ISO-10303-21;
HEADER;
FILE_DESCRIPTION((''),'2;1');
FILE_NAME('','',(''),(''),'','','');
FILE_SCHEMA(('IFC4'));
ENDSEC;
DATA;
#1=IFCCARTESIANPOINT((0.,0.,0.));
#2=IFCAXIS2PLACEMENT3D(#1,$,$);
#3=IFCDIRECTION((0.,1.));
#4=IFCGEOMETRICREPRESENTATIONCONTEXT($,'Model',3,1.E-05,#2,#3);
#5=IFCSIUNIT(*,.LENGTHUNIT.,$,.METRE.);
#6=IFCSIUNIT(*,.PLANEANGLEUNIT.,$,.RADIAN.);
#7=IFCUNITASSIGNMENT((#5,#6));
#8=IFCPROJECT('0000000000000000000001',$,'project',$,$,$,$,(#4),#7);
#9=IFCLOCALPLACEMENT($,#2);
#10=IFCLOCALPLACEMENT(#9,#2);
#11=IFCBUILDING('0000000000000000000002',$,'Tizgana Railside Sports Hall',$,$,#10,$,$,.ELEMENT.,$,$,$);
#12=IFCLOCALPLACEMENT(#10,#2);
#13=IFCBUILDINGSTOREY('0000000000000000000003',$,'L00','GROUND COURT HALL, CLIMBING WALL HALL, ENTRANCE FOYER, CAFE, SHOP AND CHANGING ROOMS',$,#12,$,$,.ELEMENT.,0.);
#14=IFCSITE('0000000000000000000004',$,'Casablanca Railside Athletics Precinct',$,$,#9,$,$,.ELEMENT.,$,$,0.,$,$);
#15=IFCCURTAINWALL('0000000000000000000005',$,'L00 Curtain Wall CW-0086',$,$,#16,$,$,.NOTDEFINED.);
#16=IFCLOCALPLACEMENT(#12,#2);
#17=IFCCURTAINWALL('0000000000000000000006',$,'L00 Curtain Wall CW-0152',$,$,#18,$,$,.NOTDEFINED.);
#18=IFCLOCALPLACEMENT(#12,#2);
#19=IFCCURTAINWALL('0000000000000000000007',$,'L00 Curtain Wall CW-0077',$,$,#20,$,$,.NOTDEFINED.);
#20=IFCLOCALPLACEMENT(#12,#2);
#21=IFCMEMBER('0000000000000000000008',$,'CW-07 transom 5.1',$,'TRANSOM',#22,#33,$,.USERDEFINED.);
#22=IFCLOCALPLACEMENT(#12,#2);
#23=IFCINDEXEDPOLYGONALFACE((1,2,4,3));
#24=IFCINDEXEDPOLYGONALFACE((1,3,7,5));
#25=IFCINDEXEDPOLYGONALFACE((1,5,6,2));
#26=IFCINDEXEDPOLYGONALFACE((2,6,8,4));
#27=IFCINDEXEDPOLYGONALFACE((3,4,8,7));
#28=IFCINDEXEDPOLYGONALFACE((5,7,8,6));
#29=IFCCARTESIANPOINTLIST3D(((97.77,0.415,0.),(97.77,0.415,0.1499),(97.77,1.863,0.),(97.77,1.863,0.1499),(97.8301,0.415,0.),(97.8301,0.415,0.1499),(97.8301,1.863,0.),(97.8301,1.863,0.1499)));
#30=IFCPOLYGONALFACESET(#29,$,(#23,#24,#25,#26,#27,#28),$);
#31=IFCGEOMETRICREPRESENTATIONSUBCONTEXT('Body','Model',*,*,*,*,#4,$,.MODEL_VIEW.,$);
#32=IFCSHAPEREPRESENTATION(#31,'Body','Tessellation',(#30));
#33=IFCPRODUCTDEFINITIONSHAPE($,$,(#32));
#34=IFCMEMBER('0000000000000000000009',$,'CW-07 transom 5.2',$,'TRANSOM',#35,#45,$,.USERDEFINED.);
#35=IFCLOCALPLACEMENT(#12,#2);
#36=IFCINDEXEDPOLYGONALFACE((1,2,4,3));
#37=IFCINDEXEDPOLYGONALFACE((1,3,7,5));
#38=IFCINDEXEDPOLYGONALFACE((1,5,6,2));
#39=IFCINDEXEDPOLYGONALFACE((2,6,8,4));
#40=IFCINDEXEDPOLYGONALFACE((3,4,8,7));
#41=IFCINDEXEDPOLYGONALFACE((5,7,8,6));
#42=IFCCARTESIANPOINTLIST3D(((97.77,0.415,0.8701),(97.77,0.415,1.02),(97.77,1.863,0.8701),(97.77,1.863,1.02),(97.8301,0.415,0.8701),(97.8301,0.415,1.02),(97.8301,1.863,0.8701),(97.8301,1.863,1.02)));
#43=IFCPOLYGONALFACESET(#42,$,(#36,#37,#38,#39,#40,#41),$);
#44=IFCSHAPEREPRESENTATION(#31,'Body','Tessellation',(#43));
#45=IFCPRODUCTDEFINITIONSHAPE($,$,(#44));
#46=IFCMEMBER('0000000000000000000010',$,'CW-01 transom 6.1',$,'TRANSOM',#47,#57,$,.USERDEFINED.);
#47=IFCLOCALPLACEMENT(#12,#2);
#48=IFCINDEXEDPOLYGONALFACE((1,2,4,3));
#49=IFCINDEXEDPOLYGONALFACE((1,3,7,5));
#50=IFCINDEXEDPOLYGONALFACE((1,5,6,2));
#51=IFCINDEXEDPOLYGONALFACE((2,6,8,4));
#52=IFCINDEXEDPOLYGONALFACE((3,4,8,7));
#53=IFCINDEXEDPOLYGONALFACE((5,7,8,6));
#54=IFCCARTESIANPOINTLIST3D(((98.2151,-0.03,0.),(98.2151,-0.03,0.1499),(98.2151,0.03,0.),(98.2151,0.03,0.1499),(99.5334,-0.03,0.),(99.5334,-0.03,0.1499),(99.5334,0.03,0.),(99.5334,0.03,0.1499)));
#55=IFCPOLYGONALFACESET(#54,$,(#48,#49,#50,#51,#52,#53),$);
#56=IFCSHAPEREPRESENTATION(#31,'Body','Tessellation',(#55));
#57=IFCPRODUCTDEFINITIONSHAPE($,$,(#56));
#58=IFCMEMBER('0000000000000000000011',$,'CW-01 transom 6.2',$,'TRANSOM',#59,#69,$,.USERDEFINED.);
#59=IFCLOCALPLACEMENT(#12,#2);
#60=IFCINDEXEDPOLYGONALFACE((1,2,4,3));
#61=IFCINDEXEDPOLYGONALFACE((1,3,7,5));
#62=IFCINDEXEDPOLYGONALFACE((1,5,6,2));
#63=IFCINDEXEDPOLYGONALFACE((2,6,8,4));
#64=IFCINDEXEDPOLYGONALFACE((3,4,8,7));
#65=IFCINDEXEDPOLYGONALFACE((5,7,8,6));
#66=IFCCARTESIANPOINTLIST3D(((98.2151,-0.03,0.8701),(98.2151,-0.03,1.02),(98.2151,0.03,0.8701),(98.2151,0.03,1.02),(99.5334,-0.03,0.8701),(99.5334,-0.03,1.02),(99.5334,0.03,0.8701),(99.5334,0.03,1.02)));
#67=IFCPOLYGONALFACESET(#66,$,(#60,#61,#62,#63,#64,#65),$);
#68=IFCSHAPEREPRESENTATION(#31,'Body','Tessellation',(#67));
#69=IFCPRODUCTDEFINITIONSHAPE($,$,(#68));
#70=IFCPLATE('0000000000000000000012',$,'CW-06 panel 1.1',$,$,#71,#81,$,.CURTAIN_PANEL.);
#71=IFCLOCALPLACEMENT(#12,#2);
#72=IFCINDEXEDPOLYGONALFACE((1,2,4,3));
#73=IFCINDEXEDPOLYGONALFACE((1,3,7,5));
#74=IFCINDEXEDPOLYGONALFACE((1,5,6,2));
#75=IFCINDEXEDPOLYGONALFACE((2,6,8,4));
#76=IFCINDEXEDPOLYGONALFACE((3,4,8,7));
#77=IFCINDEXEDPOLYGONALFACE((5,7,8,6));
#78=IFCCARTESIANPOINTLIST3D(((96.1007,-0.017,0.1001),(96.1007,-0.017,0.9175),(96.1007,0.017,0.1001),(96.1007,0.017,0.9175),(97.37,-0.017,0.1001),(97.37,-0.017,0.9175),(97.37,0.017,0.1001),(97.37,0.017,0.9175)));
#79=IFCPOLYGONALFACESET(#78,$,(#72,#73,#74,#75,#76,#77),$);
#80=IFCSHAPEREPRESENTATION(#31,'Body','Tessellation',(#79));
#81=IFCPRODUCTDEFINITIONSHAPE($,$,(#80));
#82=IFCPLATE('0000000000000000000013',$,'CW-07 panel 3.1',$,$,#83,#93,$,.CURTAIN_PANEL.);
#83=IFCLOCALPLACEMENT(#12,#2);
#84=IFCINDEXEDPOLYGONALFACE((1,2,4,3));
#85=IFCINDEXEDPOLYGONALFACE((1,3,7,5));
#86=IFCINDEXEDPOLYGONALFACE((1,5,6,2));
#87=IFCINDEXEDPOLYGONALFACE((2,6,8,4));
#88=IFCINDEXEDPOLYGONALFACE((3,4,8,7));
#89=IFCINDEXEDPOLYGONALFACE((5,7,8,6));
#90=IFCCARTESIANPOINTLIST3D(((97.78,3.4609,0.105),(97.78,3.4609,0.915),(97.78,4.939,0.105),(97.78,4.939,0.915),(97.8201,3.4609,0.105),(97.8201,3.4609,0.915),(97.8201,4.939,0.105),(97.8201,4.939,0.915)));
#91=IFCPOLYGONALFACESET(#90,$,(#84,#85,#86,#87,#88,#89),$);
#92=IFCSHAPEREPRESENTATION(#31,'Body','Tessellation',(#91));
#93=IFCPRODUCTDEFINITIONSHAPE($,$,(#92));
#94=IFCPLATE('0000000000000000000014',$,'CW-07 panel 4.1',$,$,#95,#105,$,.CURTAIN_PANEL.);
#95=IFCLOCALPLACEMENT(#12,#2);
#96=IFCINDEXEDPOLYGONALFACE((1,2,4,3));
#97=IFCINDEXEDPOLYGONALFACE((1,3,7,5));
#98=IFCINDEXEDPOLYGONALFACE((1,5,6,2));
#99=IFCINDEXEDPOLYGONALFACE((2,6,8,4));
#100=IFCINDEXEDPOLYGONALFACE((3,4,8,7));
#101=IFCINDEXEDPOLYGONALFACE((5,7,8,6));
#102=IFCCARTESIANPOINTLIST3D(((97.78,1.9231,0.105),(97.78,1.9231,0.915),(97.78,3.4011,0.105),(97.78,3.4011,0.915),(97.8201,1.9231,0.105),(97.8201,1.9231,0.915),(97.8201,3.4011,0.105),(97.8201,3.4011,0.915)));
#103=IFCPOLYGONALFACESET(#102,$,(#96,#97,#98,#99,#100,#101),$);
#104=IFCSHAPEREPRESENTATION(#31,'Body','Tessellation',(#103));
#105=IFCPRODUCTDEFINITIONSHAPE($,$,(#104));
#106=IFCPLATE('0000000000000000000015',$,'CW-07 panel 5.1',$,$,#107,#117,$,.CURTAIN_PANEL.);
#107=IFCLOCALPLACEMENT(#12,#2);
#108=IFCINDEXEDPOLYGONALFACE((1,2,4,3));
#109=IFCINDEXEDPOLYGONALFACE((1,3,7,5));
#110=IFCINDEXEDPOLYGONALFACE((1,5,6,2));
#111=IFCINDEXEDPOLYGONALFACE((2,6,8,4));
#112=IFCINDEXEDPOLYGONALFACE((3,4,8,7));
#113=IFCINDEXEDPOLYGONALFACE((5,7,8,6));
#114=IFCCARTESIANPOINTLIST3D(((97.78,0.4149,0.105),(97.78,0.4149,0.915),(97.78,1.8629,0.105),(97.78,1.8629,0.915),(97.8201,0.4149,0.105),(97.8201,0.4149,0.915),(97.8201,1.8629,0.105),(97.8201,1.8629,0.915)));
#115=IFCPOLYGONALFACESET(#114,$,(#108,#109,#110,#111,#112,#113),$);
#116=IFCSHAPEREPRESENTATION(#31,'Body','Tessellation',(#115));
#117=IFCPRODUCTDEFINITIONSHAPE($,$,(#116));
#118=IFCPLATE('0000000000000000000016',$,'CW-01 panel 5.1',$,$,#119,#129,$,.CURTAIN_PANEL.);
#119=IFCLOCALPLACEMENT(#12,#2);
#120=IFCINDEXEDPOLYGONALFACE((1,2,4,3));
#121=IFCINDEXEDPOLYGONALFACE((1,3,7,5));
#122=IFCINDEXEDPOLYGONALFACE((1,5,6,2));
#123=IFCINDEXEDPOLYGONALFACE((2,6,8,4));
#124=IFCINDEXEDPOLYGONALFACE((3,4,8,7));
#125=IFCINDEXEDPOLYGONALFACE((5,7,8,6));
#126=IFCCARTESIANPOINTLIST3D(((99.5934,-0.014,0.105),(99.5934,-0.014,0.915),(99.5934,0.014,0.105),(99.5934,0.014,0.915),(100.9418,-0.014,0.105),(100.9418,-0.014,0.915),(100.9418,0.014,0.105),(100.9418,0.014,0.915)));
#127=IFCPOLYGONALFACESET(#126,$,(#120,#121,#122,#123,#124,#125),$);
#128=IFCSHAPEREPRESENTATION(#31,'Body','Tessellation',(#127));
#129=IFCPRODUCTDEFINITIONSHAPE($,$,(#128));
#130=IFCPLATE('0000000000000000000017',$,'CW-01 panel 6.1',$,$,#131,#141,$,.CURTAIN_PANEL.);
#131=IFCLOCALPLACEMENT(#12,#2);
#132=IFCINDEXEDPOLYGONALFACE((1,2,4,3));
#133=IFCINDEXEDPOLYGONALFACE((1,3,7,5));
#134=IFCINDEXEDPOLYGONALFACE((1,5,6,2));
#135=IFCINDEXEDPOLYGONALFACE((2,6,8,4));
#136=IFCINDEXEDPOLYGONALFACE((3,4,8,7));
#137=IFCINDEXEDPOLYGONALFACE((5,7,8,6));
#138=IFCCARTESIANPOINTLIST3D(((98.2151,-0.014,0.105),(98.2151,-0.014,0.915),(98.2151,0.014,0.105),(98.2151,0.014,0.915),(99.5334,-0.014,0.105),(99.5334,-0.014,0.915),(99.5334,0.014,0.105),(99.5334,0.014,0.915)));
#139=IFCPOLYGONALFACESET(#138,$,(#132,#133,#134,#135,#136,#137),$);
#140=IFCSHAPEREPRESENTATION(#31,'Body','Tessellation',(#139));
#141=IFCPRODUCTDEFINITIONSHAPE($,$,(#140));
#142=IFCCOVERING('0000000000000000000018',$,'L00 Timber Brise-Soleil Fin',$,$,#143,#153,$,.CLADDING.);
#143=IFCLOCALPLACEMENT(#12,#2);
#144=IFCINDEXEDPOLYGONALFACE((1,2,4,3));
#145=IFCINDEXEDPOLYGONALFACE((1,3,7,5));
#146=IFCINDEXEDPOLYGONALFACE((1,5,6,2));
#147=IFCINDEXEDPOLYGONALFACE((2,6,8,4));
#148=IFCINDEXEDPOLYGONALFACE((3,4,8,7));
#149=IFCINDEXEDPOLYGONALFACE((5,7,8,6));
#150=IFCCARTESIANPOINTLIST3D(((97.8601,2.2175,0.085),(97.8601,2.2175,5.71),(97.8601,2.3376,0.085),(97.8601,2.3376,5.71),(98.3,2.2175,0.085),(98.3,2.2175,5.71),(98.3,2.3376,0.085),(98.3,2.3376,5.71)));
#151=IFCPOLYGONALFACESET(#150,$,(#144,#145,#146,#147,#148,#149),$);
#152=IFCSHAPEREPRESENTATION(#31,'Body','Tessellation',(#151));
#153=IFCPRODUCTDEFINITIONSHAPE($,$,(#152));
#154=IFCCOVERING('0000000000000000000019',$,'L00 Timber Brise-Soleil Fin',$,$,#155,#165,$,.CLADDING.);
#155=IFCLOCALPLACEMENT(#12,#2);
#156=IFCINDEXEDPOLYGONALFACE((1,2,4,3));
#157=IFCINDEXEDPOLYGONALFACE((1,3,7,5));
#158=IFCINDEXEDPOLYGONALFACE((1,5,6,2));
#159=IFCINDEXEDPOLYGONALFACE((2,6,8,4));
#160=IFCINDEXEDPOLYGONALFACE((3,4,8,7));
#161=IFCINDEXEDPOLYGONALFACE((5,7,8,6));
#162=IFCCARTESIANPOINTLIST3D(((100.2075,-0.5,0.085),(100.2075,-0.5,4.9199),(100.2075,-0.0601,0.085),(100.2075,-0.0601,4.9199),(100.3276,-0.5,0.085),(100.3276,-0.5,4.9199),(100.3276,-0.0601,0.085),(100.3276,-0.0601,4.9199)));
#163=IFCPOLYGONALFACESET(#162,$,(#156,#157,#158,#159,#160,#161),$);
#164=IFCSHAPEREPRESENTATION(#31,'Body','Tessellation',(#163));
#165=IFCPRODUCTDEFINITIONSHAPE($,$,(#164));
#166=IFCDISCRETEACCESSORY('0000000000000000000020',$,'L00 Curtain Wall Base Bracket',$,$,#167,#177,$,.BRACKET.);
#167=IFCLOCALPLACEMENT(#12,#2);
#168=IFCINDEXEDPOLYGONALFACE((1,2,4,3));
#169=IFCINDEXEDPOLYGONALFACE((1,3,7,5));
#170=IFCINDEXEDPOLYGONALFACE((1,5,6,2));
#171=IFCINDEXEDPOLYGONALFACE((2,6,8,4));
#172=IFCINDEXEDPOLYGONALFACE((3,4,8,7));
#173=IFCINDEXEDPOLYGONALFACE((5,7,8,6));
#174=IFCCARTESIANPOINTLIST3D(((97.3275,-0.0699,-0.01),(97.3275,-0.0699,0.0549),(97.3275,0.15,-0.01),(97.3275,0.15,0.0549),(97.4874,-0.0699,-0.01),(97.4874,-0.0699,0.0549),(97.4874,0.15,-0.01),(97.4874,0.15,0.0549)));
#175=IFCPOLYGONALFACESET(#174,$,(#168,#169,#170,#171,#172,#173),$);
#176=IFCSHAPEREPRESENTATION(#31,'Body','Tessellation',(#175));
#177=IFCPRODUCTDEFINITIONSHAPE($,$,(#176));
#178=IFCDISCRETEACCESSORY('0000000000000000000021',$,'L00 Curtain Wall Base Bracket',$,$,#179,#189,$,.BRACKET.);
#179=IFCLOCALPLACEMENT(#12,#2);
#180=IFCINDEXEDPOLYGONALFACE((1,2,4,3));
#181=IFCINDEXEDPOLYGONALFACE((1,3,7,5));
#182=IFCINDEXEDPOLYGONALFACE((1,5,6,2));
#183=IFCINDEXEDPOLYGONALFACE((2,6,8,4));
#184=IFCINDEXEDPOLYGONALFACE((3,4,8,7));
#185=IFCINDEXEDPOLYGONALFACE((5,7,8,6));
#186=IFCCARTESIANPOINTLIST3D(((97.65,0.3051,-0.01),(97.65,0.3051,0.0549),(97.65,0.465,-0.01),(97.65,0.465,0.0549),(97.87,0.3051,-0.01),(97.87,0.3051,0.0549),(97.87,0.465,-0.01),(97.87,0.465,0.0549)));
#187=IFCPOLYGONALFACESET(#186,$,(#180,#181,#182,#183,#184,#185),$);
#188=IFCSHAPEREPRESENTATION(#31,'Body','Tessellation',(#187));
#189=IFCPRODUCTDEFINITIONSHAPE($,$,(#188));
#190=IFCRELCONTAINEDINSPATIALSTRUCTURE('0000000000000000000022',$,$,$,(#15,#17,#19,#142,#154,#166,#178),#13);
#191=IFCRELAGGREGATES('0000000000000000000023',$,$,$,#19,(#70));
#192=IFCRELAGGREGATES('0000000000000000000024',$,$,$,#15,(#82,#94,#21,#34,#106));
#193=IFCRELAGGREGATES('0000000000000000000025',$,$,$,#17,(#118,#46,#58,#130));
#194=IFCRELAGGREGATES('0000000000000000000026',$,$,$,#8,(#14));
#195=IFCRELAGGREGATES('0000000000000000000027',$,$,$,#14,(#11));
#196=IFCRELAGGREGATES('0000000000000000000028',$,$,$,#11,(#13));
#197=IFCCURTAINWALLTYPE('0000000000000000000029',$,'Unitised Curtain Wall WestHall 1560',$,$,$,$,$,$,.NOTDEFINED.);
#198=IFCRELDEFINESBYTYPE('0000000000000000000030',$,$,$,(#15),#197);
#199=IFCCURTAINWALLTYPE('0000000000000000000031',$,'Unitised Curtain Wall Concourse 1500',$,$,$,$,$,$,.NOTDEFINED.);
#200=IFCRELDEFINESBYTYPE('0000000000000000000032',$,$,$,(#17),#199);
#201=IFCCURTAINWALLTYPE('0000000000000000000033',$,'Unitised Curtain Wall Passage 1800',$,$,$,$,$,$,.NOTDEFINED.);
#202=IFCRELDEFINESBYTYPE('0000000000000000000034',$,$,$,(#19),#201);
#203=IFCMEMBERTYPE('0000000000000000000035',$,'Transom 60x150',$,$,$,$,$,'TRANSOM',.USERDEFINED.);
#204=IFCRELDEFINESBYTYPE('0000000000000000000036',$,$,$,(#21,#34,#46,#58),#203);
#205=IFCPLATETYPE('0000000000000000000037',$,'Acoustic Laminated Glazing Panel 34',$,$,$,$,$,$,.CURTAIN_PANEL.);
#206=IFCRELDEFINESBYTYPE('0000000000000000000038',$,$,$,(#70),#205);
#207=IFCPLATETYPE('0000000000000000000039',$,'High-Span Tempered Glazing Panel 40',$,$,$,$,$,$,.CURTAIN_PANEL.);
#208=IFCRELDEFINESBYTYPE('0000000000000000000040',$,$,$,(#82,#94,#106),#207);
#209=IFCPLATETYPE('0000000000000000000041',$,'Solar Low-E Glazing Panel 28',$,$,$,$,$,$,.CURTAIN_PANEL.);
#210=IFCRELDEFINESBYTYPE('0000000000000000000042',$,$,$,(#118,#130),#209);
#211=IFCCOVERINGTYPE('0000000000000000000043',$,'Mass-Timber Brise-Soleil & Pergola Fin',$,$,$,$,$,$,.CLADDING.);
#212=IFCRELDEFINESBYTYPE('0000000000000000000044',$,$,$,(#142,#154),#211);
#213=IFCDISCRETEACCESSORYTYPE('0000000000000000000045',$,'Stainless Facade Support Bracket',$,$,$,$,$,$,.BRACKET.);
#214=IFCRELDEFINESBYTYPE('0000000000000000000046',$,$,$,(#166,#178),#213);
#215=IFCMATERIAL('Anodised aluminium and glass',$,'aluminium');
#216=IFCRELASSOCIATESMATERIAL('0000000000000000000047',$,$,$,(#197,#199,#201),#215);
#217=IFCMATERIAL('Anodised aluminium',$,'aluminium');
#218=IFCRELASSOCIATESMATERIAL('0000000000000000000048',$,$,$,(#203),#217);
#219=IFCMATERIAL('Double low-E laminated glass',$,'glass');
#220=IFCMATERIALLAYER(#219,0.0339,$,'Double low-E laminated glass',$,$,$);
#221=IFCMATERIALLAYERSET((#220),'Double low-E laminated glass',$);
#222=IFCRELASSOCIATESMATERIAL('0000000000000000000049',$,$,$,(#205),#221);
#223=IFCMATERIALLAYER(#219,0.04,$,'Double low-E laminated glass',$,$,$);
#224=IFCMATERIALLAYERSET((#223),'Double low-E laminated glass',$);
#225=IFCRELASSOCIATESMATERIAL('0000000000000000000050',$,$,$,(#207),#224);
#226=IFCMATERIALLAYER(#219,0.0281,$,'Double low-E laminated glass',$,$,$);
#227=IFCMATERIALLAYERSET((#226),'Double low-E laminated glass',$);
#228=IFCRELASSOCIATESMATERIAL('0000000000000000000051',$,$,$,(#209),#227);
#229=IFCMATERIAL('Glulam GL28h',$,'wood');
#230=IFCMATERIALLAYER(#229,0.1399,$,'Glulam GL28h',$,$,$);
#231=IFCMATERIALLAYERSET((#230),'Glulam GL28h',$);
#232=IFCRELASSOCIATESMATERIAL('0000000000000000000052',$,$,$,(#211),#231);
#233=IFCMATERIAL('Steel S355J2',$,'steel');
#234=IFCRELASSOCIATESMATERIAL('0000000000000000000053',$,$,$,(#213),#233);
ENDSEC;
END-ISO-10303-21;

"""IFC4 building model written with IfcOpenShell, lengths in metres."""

from ifc_helpers import new_model, si_unit, direction, frame, origin, origin_2d, place, context, subcontext, project, spatial, rectangle, extrude, material, layer, layer_set, material_profile, profile_set, type_object, element, aggregate, save


model = new_model("IFC4")

# Units and contexts
model_context = context("Model", 3, precision=1e-05, world=origin(), true_north=direction((0.0, 1.0)))
body_context = subcontext(model_context, "Body", "Model", "MODEL_VIEW")
ifc_project = project(units=[si_unit("LENGTHUNIT", "METRE"), si_unit("PLANEANGLEUNIT", "RADIAN")], contexts=[model_context])

# Site, building, storey
site_placement = place(None, origin())
site = spatial("IfcSite", under=ifc_project, at=site_placement, Name="Casablanca Railside Athletics Precinct", CompositionType="ELEMENT", RefElevation=0.0)
building_placement = place(site_placement, origin())
building = spatial("IfcBuilding", under=site, at=building_placement, Name="Tizgana Railside Sports Hall", CompositionType="ELEMENT")
storey_placement = place(building_placement, origin())
storey = spatial("IfcBuildingStorey", under=building, at=storey_placement, Name="L00", Description="GROUND COURT HALL, CLIMBING WALL HALL, ENTRANCE FOYER, CAFE, SHOP AND CHANGING ROOMS", CompositionType="ELEMENT", Elevation=0.0)

# Curtain walls
ifc_material_1 = material(Name="Anodised aluminium and glass", Category="aluminium")
curtain_wall_type_1 = type_object("IfcCurtainWallType", Name="Unitised Curtain Wall WestHall 1560", PredefinedType="NOTDEFINED", material=ifc_material_1)
curtain_wall_1_placement = place(storey_placement, origin())
curtain_wall_1 = element("IfcCurtainWall", 1, at=curtain_wall_1_placement, inside=storey, type_object=curtain_wall_type_1, Name="L00 Curtain Wall CW-0086", PredefinedType="NOTDEFINED")
ifc_material_2 = material(Name="Anodised aluminium", Category="aluminium")
curtain_wall_type_2 = type_object("IfcCurtainWallType", Name="Unitised Curtain Wall Concourse 1500", PredefinedType="NOTDEFINED", material=ifc_material_1)
curtain_wall_2_placement = place(storey_placement, origin())
curtain_wall_2 = element("IfcCurtainWall", 2, at=curtain_wall_2_placement, inside=storey, type_object=curtain_wall_type_2, Name="L00 Curtain Wall CW-0152", PredefinedType="NOTDEFINED")
curtain_wall_type_3 = type_object("IfcCurtainWallType", Name="Unitised Curtain Wall Passage 1800", PredefinedType="NOTDEFINED", material=ifc_material_1)
curtain_wall_3_placement = place(storey_placement, origin())
curtain_wall_3 = element("IfcCurtainWall", 3, at=curtain_wall_3_placement, inside=storey, type_object=curtain_wall_type_3, Name="L00 Curtain Wall CW-0077", PredefinedType="NOTDEFINED")

# Members
ifc_material_profile_1 = material_profile(ifc_material_2, rectangle(XDim=0.0601, YDim=0.1499, at=origin_2d()), Name="Transom 60x150")
ifc_profile_set_1 = profile_set([ifc_material_profile_1], Name="Anodised aluminium")
member_type_1 = type_object("IfcMemberType", Name="Transom 60x150", ElementType="TRANSOM", PredefinedType="USERDEFINED", material=ifc_profile_set_1)
member_1_placement = place(storey_placement, frame((97.8, 1.863, 0.075), z_axis=(0.0, -1.0, 0.0), x_axis=(1.0, 0.0, 0.0)))
member_1 = element("IfcMember", 4, at=member_1_placement, type_object=member_type_1, Name="CW-07 transom 5.1", ObjectType="TRANSOM", PredefinedType="USERDEFINED", context=body_context, shape_type="SweptSolid", body=[
    extrude(rectangle(XDim=0.0601, YDim=0.1499, at=origin_2d()), origin(), (0.0, 0.0, 1.0), 1.448),
])
member_2_placement = place(storey_placement, frame((97.8, 1.863, 0.9451), z_axis=(0.0, -1.0, 0.0), x_axis=(1.0, 0.0, 0.0)))
member_2 = element("IfcMember", 5, at=member_2_placement, type_object=member_type_1, Name="CW-07 transom 5.2", ObjectType="TRANSOM", PredefinedType="USERDEFINED", context=body_context, shape_type="SweptSolid", body=[
    extrude(rectangle(XDim=0.0601, YDim=0.1499, at=origin_2d()), origin(), (0.0, 0.0, 1.0), 1.448),
])
member_3_placement = place(storey_placement, frame((99.5334, 0.0, 0.075), z_axis=(-1.0, 0.0, 0.0), x_axis=(0.0, -1.0, 0.0)))
member_3 = element("IfcMember", 6, at=member_3_placement, type_object=member_type_1, Name="CW-01 transom 6.1", ObjectType="TRANSOM", PredefinedType="USERDEFINED", context=body_context, shape_type="SweptSolid", body=[
    extrude(rectangle(XDim=0.0601, YDim=0.1499, at=origin_2d()), origin(), (0.0, 0.0, 1.0), 1.3184),
])
member_4_placement = place(storey_placement, frame((99.5334, 0.0, 0.9451), z_axis=(-1.0, 0.0, 0.0), x_axis=(0.0, -1.0, 0.0)))
member_4 = element("IfcMember", 7, at=member_4_placement, type_object=member_type_1, Name="CW-01 transom 6.2", ObjectType="TRANSOM", PredefinedType="USERDEFINED", context=body_context, shape_type="SweptSolid", body=[
    extrude(rectangle(XDim=0.0601, YDim=0.1499, at=origin_2d()), origin(), (0.0, 0.0, 1.0), 1.3184),
])

# Plates
ifc_material_3 = material(Name="Double low-E laminated glass", Category="glass")
ifc_layer_1 = layer(ifc_material_3, 0.0339, Name="Double low-E laminated glass")
ifc_layer_set_1 = layer_set([ifc_layer_1], Name="Double low-E laminated glass")
plate_type_1 = type_object("IfcPlateType", Name="Acoustic Laminated Glazing Panel 34", PredefinedType="CURTAIN_PANEL", material=ifc_layer_set_1)
plate_1_placement = place(storey_placement, frame((96.7354, 0.0, 0.1001), z_axis=(0.0, 0.0, 1.0), x_axis=(-1.0, 0.0, 0.0)))
plate_1 = element("IfcPlate", 8, at=plate_1_placement, type_object=plate_type_1, Name="CW-06 panel 1.1", PredefinedType="CURTAIN_PANEL", context=body_context, shape_type="SweptSolid", body=[
    extrude(rectangle(XDim=1.2693, YDim=0.0339, at=origin_2d()), origin(), (0.0, 0.0, 1.0), 0.8174),
])
aggregate(curtain_wall_3, [plate_1])
ifc_layer_2 = layer(ifc_material_3, 0.04, Name="Double low-E laminated glass")
ifc_layer_set_2 = layer_set([ifc_layer_2], Name="Double low-E laminated glass")
plate_type_2 = type_object("IfcPlateType", Name="High-Span Tempered Glazing Panel 40", PredefinedType="CURTAIN_PANEL", material=ifc_layer_set_2)
plate_2_placement = place(storey_placement, frame((97.8, 4.2, 0.105), z_axis=(0.0, 0.0, 1.0), x_axis=(0.0, -1.0, 0.0)))
plate_2 = element("IfcPlate", 9, at=plate_2_placement, type_object=plate_type_2, Name="CW-07 panel 3.1", PredefinedType="CURTAIN_PANEL", context=body_context, shape_type="SweptSolid", body=[
    extrude(rectangle(XDim=1.478, YDim=0.04, at=origin_2d()), origin(), (0.0, 0.0, 1.0), 0.8101),
])
plate_3_placement = place(storey_placement, frame((97.8, 2.6621, 0.105), z_axis=(0.0, 0.0, 1.0), x_axis=(0.0, -1.0, 0.0)))
plate_3 = element("IfcPlate", 10, at=plate_3_placement, type_object=plate_type_2, Name="CW-07 panel 4.1", PredefinedType="CURTAIN_PANEL", context=body_context, shape_type="SweptSolid", body=[
    extrude(rectangle(XDim=1.478, YDim=0.04, at=origin_2d()), origin(), (0.0, 0.0, 1.0), 0.8101),
])
plate_4_placement = place(storey_placement, frame((97.8, 1.1389, 0.105), z_axis=(0.0, 0.0, 1.0), x_axis=(0.0, -1.0, 0.0)))
plate_4 = element("IfcPlate", 11, at=plate_4_placement, type_object=plate_type_2, Name="CW-07 panel 5.1", PredefinedType="CURTAIN_PANEL", context=body_context, shape_type="SweptSolid", body=[
    extrude(rectangle(XDim=1.448, YDim=0.04, at=origin_2d()), origin(), (0.0, 0.0, 1.0), 0.8101),
])
aggregate(curtain_wall_1, [plate_2, plate_3, member_1, member_2, plate_4])
ifc_layer_3 = layer(ifc_material_3, 0.0281, Name="Double low-E laminated glass")
ifc_layer_set_3 = layer_set([ifc_layer_3], Name="Double low-E laminated glass")
plate_type_3 = type_object("IfcPlateType", Name="Solar Low-E Glazing Panel 28", PredefinedType="CURTAIN_PANEL", material=ifc_layer_set_3)
plate_5_placement = place(storey_placement, frame((100.2676, 0.0, 0.105), z_axis=(0.0, 0.0, 1.0), x_axis=(-1.0, 0.0, 0.0)))
plate_5 = element("IfcPlate", 12, at=plate_5_placement, type_object=plate_type_3, Name="CW-01 panel 5.1", PredefinedType="CURTAIN_PANEL", context=body_context, shape_type="SweptSolid", body=[
    extrude(rectangle(XDim=1.3484, YDim=0.0281, at=origin_2d()), origin(), (0.0, 0.0, 1.0), 0.8101),
])
plate_6_placement = place(storey_placement, frame((98.8743, 0.0, 0.105), z_axis=(0.0, 0.0, 1.0), x_axis=(-1.0, 0.0, 0.0)))
plate_6 = element("IfcPlate", 13, at=plate_6_placement, type_object=plate_type_3, Name="CW-01 panel 6.1", PredefinedType="CURTAIN_PANEL", context=body_context, shape_type="SweptSolid", body=[
    extrude(rectangle(XDim=1.3184, YDim=0.0281, at=origin_2d()), origin(), (0.0, 0.0, 1.0), 0.8101),
])
aggregate(curtain_wall_2, [plate_5, member_3, member_4, plate_6])

# Coverings
ifc_material_4 = material(Name="Glulam GL28h", Category="wood")
ifc_layer_4 = layer(ifc_material_4, 0.1399, Name="Glulam GL28h")
ifc_layer_set_4 = layer_set([ifc_layer_4], Name="Glulam GL28h")
covering_type = type_object("IfcCoveringType", Name="Mass-Timber Brise-Soleil & Pergola Fin", PredefinedType="CLADDING", material=ifc_layer_set_4)
covering_1_placement = place(storey_placement, frame((98.0801, 2.2776, 0.085), z_axis=(0.0, 0.0, 1.0), x_axis=(0.0, -1.0, 0.0)))
element("IfcCovering", 14, at=covering_1_placement, inside=storey, type_object=covering_type, Name="L00 Timber Brise-Soleil Fin", PredefinedType="CLADDING", context=body_context, shape_type="SweptSolid", body=[
    extrude(rectangle(XDim=0.1201, YDim=0.4399, at=origin_2d()), origin(), (0.0, 0.0, 1.0), 5.625),
])
covering_2_placement = place(storey_placement, frame((100.2676, -0.28, 0.085), z_axis=(0.0, 0.0, 1.0), x_axis=(-1.0, 0.0, 0.0)))
element("IfcCovering", 15, at=covering_2_placement, inside=storey, type_object=covering_type, Name="L00 Timber Brise-Soleil Fin", PredefinedType="CLADDING", context=body_context, shape_type="SweptSolid", body=[
    extrude(rectangle(XDim=0.1201, YDim=0.4399, at=origin_2d()), origin(), (0.0, 0.0, 1.0), 4.835),
])

# Discrete accessories
ifc_material_5 = material(Name="Steel S355J2", Category="steel")
discrete_accessory_type = type_object("IfcDiscreteAccessoryType", Name="Stainless Facade Support Bracket", PredefinedType="BRACKET", material=ifc_material_5)
for number, where, z_axis, x_axis, name in (
    (16, (97.4075, 0.04, -0.01), (0.0, 0.0, 1.0), (-1.0, 0.0, 0.0), "L00 Curtain Wall Base Bracket"),
    (17, (97.76, 0.385, -0.01), (0.0, 0.0, 1.0), (0.0, -1.0, 0.0), "L00 Curtain Wall Base Bracket"),
):
    element("IfcDiscreteAccessory", number, at=place(storey_placement, frame(where, z_axis=z_axis, x_axis=x_axis)), inside=storey, type_object=discrete_accessory_type, Name=name, PredefinedType="BRACKET", context=body_context, shape_type="SweptSolid", body=[
        extrude(rectangle(XDim=0.1599, YDim=0.22, at=origin_2d()), origin(), (0.0, 0.0, 1.0), 0.0649),
    ])

save(model, "model.ifc")
